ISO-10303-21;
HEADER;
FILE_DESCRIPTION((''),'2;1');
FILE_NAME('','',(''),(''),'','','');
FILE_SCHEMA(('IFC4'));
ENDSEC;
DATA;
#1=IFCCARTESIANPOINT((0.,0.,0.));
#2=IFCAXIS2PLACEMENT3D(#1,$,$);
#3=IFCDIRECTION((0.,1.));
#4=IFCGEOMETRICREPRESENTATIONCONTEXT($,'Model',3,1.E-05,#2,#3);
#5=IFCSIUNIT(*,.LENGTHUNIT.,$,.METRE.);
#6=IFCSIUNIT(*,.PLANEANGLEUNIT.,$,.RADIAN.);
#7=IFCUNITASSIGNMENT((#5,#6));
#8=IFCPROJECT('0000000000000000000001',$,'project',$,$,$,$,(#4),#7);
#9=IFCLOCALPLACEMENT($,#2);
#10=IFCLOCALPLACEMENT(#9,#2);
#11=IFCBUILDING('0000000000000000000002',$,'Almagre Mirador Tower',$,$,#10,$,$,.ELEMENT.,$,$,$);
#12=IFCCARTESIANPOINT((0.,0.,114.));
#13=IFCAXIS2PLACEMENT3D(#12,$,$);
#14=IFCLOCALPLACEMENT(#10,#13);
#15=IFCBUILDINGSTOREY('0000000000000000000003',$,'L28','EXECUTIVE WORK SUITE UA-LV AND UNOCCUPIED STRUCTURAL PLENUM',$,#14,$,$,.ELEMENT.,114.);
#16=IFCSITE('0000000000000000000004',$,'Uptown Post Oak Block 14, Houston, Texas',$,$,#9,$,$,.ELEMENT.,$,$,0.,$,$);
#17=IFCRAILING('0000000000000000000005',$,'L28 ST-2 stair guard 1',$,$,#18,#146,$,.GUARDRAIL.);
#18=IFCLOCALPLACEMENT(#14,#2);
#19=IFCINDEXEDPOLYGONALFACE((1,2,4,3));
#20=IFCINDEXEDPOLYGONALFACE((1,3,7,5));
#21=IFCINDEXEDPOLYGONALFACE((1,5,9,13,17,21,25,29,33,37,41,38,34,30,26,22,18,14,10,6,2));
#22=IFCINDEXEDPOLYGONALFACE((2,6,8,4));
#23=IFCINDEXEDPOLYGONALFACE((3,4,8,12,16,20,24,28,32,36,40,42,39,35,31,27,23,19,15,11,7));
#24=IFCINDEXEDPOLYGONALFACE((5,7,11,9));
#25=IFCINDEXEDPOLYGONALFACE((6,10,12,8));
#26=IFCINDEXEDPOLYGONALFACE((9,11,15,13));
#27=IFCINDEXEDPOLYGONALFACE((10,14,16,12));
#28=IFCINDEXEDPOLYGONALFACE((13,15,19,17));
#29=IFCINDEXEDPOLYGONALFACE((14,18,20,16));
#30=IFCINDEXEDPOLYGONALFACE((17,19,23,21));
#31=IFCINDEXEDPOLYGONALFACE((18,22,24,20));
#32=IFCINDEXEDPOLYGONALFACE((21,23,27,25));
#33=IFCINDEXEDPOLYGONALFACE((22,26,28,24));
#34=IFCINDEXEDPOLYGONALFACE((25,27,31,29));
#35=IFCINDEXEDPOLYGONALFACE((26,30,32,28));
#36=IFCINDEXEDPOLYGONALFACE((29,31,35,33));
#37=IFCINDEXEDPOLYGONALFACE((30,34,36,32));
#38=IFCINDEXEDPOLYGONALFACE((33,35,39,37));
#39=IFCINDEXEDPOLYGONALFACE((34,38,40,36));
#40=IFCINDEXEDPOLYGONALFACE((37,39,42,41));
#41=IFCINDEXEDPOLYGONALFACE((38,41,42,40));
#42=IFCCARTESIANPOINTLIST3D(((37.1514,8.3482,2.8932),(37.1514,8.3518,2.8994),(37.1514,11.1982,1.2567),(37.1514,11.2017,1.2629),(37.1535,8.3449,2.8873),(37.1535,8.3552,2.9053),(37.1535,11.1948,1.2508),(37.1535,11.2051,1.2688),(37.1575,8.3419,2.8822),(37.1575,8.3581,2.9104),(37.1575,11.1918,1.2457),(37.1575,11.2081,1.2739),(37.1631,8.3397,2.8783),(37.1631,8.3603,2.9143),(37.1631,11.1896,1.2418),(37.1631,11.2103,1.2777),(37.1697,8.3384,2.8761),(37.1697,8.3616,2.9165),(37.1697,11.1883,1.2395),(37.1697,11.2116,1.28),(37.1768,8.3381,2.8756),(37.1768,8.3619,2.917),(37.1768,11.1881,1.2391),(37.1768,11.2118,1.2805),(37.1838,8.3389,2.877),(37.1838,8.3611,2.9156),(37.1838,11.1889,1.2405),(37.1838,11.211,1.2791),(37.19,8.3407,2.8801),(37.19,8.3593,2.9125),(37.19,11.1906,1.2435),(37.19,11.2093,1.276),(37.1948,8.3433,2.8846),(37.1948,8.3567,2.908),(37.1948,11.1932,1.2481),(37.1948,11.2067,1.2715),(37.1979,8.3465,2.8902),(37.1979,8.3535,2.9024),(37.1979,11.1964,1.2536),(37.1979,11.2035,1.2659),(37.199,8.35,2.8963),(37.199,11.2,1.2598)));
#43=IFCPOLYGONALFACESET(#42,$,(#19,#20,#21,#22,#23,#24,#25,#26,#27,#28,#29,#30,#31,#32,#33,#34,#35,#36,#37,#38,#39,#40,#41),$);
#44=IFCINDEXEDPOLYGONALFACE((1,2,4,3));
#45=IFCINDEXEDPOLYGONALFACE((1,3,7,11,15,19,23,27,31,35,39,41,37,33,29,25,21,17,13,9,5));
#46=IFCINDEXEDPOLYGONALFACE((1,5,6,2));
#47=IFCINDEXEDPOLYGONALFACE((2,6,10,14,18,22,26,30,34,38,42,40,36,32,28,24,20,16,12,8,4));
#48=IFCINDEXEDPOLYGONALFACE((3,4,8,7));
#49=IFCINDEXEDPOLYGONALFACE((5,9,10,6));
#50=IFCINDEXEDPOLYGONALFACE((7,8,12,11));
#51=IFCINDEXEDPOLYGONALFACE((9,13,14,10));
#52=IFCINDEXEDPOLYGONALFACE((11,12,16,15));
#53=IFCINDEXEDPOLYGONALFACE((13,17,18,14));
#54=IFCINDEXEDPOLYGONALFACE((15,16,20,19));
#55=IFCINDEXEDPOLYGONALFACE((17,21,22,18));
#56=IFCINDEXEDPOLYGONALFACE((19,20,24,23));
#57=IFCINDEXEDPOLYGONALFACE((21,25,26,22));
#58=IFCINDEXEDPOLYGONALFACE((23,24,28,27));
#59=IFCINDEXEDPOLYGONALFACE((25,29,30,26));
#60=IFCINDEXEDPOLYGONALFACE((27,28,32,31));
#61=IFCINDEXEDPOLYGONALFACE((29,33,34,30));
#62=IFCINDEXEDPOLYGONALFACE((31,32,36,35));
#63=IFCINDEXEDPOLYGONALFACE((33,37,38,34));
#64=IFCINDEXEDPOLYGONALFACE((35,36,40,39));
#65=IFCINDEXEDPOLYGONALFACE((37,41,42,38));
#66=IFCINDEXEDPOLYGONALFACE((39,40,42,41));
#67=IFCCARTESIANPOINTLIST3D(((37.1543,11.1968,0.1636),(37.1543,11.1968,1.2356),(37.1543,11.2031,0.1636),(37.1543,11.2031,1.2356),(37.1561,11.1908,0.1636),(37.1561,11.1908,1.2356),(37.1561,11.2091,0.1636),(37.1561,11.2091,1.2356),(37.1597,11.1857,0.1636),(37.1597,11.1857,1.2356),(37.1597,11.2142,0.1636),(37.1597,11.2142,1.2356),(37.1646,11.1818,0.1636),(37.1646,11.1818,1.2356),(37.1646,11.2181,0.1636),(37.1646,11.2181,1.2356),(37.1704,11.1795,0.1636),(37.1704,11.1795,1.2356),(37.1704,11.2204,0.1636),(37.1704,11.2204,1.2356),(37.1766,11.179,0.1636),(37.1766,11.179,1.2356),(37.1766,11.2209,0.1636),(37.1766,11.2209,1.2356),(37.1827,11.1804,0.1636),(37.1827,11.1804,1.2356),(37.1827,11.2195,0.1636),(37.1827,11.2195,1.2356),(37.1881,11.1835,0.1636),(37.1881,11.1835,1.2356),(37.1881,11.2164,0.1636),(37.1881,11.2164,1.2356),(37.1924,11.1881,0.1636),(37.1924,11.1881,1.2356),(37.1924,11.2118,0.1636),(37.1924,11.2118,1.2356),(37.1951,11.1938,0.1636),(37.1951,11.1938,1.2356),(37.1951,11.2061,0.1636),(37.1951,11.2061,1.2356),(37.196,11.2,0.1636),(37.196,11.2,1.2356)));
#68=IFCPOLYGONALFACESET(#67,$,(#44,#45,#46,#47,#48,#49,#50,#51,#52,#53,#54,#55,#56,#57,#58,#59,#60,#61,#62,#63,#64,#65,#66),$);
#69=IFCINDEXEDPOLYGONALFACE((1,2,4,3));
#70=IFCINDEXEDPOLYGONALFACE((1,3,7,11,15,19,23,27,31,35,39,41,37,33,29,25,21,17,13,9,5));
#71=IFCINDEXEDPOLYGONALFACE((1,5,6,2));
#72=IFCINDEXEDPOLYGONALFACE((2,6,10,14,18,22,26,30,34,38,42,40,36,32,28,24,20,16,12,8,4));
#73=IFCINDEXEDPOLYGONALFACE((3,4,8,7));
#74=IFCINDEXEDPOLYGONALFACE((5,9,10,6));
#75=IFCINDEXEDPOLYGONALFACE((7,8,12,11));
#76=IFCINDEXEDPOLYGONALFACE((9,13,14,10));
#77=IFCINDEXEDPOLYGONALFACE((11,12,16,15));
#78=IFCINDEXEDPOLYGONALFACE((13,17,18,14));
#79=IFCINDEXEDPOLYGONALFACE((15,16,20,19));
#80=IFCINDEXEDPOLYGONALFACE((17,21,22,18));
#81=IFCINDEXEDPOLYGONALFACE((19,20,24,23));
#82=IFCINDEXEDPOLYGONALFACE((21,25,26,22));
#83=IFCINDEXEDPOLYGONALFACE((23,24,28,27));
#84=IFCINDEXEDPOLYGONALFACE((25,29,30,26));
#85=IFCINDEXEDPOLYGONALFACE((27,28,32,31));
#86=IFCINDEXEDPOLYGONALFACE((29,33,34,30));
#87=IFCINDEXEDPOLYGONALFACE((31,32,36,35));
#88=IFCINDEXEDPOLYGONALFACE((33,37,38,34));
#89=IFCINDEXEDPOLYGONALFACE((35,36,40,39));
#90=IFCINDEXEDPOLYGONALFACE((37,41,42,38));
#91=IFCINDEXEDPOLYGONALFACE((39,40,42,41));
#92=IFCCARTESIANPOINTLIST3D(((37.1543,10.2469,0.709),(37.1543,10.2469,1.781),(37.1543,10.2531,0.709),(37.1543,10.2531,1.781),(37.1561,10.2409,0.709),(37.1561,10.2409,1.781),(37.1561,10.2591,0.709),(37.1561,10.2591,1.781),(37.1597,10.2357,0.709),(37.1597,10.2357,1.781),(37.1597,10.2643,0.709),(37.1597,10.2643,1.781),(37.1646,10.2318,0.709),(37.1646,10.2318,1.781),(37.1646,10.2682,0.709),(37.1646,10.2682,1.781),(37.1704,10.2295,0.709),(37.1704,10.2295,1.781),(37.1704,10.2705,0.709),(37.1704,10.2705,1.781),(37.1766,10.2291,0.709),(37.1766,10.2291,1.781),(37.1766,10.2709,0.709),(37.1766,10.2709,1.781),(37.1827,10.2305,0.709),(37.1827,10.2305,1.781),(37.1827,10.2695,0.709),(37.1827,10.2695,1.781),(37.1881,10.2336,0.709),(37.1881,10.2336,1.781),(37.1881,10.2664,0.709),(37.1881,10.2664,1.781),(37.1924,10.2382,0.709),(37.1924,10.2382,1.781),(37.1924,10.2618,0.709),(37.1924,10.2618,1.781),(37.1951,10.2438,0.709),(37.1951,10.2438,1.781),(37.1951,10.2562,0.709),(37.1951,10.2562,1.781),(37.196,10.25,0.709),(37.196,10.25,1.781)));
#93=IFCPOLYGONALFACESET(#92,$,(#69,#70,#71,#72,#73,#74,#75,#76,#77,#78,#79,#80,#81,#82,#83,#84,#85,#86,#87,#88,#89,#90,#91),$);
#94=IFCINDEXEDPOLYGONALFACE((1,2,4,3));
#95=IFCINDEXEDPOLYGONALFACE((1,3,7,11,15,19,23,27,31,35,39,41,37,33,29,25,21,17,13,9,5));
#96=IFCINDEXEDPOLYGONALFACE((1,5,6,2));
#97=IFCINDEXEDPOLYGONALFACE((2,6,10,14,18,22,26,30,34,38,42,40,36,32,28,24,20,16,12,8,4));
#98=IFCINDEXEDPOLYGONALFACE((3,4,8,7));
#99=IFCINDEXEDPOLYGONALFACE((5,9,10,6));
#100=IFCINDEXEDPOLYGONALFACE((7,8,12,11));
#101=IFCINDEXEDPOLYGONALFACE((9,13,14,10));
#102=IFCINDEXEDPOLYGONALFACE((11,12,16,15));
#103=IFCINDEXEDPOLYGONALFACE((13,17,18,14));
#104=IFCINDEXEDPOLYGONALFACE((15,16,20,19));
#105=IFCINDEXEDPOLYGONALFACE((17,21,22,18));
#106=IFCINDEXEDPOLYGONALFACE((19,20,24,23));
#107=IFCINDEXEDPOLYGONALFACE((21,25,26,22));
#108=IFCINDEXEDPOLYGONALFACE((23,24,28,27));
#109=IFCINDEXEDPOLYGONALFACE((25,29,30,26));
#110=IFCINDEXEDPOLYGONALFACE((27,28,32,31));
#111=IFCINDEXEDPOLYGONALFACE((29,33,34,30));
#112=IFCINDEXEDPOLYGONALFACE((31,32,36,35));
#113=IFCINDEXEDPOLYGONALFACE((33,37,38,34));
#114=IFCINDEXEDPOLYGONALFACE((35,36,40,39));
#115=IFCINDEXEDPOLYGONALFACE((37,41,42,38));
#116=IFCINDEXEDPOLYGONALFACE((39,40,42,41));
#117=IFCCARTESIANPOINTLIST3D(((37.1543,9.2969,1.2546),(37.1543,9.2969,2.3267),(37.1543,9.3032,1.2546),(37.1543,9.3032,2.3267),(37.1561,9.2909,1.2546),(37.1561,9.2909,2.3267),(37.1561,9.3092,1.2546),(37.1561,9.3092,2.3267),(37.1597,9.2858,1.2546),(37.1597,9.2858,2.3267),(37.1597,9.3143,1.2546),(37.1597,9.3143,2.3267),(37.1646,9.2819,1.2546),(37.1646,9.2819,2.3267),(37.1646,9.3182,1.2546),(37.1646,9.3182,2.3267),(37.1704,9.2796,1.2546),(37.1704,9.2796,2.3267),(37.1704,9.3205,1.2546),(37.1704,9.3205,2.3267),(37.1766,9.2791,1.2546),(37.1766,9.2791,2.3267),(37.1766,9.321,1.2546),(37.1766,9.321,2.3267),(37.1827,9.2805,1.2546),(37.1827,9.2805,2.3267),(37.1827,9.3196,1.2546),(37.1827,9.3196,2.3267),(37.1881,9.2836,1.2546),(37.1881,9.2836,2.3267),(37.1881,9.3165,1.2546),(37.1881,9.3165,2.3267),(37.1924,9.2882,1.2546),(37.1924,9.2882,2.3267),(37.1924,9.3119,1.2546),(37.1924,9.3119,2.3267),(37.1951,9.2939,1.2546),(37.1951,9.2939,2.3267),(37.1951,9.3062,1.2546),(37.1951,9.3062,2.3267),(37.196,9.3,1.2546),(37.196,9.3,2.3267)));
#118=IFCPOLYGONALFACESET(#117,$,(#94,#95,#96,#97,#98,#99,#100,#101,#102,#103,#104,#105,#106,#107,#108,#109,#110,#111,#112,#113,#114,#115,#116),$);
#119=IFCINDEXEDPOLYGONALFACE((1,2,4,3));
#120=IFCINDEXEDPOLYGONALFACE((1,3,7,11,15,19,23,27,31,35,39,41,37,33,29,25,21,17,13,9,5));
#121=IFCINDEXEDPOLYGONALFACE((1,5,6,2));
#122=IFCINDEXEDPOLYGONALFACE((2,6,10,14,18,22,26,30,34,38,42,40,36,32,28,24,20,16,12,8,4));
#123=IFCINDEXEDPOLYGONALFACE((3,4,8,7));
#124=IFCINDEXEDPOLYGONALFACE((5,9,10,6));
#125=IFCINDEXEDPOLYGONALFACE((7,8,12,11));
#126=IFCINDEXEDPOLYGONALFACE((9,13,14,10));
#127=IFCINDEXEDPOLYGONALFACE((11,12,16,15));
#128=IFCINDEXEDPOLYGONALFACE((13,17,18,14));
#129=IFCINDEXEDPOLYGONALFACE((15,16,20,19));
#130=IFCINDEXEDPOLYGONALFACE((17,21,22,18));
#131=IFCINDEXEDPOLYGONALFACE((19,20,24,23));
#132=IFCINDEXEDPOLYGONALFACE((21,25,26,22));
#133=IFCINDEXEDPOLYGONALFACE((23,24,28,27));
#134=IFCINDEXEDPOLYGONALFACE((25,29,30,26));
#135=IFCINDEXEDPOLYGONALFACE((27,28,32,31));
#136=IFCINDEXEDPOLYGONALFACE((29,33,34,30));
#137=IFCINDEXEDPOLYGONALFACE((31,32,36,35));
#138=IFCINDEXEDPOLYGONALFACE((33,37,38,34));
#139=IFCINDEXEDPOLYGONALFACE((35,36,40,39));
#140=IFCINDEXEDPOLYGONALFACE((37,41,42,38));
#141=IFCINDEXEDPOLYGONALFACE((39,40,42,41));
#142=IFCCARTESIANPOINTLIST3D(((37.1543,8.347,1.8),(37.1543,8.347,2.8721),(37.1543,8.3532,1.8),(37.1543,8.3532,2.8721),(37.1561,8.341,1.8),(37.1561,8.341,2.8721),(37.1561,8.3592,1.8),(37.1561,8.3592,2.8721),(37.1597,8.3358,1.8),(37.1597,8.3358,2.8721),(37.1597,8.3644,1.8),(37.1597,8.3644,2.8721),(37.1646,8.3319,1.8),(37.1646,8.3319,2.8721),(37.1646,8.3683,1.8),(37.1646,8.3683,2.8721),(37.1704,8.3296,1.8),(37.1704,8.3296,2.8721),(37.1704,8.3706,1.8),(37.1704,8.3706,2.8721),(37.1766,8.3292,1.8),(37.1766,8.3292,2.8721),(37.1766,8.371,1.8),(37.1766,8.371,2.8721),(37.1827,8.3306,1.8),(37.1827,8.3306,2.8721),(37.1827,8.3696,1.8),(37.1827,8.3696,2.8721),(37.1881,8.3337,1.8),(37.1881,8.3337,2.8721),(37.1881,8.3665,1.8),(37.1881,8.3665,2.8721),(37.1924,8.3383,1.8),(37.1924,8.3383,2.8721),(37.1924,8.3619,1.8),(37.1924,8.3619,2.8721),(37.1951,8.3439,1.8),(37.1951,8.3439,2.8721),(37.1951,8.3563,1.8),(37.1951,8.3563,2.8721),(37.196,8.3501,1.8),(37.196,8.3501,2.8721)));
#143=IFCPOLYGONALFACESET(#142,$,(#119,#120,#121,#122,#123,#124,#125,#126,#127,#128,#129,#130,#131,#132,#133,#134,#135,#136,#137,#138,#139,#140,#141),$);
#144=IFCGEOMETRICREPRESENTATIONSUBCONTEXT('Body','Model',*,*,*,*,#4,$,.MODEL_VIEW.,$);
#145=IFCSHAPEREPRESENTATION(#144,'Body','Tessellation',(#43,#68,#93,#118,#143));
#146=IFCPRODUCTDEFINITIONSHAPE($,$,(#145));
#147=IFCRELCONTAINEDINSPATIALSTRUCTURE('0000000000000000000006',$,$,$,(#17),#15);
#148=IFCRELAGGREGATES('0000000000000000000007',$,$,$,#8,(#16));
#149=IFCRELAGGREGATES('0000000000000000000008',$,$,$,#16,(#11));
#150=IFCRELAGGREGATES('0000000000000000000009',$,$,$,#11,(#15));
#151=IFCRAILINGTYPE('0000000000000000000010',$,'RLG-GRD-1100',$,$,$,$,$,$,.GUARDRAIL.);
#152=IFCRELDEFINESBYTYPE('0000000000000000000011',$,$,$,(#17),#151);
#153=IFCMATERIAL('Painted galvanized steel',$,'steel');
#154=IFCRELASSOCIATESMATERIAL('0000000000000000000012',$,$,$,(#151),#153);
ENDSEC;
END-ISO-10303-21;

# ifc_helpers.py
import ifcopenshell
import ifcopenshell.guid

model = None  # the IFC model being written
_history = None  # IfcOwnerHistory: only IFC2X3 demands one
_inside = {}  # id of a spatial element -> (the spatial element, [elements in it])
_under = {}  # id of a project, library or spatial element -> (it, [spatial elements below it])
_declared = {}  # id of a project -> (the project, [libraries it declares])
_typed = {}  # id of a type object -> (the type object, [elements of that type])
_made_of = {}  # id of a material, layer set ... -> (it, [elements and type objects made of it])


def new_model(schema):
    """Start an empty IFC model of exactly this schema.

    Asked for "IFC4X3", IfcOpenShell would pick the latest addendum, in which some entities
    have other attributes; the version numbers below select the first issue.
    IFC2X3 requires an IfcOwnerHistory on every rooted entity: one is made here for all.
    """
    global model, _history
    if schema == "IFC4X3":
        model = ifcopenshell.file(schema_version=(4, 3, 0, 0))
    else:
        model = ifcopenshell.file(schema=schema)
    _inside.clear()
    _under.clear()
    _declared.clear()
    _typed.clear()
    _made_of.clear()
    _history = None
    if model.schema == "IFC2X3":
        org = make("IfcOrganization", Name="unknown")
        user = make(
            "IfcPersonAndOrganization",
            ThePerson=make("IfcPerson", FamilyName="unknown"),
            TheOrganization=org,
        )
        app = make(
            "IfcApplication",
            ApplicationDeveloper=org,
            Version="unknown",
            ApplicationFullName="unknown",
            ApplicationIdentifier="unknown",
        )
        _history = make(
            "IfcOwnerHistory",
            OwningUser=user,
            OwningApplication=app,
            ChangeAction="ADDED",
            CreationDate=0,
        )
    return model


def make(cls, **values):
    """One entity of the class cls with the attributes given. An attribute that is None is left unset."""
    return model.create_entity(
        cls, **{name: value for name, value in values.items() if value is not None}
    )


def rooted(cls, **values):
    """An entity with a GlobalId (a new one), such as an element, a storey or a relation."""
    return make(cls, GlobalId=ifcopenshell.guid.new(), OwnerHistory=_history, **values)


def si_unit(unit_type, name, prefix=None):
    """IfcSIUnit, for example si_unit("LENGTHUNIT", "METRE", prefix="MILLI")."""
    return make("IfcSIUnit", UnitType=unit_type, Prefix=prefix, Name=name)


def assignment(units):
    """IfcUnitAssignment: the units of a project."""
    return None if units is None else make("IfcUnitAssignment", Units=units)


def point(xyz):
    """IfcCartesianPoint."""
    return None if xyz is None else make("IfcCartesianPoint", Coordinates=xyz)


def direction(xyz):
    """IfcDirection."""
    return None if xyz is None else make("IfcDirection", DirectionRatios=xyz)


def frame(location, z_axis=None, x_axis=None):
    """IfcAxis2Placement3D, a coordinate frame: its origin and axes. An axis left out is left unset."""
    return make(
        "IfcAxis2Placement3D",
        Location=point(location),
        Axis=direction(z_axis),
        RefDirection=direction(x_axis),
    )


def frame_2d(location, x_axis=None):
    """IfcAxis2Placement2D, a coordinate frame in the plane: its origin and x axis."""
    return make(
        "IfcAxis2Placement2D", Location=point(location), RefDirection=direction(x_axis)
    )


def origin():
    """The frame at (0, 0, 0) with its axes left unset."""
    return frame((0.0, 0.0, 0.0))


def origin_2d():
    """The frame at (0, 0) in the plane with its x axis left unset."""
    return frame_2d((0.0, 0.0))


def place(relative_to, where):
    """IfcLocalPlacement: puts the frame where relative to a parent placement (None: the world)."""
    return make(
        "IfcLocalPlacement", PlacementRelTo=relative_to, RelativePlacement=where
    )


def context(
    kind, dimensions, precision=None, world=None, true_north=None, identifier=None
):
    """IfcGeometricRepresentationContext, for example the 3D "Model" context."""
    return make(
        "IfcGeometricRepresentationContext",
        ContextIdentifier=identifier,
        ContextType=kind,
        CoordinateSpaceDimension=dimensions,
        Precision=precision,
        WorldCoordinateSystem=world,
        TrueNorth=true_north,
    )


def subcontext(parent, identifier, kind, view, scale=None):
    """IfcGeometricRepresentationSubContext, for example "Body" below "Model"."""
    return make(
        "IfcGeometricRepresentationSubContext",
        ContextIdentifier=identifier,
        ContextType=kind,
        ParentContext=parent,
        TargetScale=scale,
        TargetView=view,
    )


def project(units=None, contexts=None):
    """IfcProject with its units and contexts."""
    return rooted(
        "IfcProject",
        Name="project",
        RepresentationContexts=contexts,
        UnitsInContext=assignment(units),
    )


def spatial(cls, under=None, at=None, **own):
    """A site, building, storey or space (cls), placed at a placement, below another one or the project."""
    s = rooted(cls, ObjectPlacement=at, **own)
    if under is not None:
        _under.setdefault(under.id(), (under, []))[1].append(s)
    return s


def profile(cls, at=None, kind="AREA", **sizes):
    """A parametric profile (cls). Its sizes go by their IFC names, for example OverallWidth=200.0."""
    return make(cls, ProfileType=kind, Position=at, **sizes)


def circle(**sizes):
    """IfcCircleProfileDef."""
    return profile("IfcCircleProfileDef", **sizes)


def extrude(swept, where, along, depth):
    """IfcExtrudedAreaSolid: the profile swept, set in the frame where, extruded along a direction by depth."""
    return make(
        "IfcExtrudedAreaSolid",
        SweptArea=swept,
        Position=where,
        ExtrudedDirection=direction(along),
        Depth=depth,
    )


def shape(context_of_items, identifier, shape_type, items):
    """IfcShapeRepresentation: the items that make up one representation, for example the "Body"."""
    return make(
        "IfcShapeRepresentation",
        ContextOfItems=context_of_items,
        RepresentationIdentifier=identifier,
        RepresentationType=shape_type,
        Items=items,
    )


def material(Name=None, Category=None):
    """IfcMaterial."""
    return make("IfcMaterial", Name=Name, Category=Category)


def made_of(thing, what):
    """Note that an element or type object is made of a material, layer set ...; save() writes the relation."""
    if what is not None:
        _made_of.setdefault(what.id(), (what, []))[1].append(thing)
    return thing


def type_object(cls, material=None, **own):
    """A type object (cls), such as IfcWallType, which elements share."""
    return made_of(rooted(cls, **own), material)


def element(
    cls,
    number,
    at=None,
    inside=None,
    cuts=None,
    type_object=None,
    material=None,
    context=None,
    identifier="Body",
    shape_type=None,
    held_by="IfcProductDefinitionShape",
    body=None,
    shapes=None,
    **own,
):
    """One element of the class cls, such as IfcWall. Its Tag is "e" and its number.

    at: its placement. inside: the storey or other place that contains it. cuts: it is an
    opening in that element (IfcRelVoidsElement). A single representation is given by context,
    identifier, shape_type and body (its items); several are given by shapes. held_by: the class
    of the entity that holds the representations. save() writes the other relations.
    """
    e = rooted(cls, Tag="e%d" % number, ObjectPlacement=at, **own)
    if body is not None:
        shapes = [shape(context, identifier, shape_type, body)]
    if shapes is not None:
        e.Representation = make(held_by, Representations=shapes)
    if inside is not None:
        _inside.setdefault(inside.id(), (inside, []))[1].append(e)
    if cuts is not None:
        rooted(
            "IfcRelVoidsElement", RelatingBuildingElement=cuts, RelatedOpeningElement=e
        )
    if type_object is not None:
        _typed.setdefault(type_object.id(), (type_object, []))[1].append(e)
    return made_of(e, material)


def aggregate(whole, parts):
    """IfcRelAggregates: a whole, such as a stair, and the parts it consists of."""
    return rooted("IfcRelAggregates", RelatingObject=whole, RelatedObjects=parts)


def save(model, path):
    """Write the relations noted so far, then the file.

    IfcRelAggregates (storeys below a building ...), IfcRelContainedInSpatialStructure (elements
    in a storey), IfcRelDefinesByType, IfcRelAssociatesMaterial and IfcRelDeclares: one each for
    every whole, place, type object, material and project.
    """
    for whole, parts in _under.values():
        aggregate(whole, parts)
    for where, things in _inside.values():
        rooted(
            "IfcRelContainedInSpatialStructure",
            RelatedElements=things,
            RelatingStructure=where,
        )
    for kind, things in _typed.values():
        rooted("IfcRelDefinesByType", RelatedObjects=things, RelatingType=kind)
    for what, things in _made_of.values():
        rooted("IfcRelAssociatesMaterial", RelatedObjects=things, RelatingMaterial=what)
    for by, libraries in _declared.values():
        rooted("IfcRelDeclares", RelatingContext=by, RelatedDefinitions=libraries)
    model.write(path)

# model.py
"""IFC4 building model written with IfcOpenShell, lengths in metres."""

from ifc_helpers import new_model, si_unit, direction, frame, origin, origin_2d, place, context, subcontext, project, spatial, circle, extrude, material, type_object, element, save


model = new_model("IFC4")

# Units and contexts
model_context = context("Model", 3, precision=1e-05, world=origin(), true_north=direction((0.0, 1.0)))
body_context = subcontext(model_context, "Body", "Model", "MODEL_VIEW")
ifc_project = project(units=[si_unit("LENGTHUNIT", "METRE"), si_unit("PLANEANGLEUNIT", "RADIAN")], contexts=[model_context])

# Site, building, storey
site_placement = place(None, origin())
site = spatial("IfcSite", under=ifc_project, at=site_placement, Name="Uptown Post Oak Block 14, Houston, Texas", CompositionType="ELEMENT", RefElevation=0.0)
building_placement = place(site_placement, origin())
building = spatial("IfcBuilding", under=site, at=building_placement, Name="Almagre Mirador Tower", CompositionType="ELEMENT")
storey_placement = place(building_placement, frame((0.0, 0.0, 114.0)))
storey = spatial("IfcBuildingStorey", under=building, at=storey_placement, Name="L28", Description="EXECUTIVE WORK SUITE UA-LV AND UNOCCUPIED STRUCTURAL PLENUM", CompositionType="ELEMENT", Elevation=114.0)

# Railing
ifc_material_1 = material(Name="Painted galvanized steel", Category="steel")
railing_type_1 = type_object("IfcRailingType", Name="RLG-GRD-1100", PredefinedType="GUARDRAIL", material=ifc_material_1)
railing_1_placement = place(storey_placement, frame((37.175, 11.2, 0.1636)))
element("IfcRailing", 1, at=railing_1_placement, inside=storey, type_object=railing_type_1, Name="L28 ST-2 stair guard 1", PredefinedType="GUARDRAIL", context=body_context, shape_type="SweptSolid", body=[
    extrude(circle(Radius=0.0239, at=origin_2d()), frame((0.0, 0.0, 1.0962), z_axis=(0.0, -0.867194, 0.49797), x_axis=(1.0, 0.0, 0.0)), (0.0, 0.0, 1.0), 3.2864),
    extrude(circle(Radius=0.021, at=origin_2d()), origin(), (0.0, 0.0, 1.0), 1.072),
    extrude(circle(Radius=0.021, at=origin_2d()), frame((0.0, -0.95, 0.5454)), (0.0, 0.0, 1.0), 1.072),
    extrude(circle(Radius=0.021, at=origin_2d()), frame((0.0, -1.8999, 1.0911)), (0.0, 0.0, 1.0), 1.072),
    extrude(circle(Radius=0.021, at=origin_2d()), frame((0.0, -2.8499, 1.6365)), (0.0, 0.0, 1.0), 1.072),
])

save(model, "model.ifc")
